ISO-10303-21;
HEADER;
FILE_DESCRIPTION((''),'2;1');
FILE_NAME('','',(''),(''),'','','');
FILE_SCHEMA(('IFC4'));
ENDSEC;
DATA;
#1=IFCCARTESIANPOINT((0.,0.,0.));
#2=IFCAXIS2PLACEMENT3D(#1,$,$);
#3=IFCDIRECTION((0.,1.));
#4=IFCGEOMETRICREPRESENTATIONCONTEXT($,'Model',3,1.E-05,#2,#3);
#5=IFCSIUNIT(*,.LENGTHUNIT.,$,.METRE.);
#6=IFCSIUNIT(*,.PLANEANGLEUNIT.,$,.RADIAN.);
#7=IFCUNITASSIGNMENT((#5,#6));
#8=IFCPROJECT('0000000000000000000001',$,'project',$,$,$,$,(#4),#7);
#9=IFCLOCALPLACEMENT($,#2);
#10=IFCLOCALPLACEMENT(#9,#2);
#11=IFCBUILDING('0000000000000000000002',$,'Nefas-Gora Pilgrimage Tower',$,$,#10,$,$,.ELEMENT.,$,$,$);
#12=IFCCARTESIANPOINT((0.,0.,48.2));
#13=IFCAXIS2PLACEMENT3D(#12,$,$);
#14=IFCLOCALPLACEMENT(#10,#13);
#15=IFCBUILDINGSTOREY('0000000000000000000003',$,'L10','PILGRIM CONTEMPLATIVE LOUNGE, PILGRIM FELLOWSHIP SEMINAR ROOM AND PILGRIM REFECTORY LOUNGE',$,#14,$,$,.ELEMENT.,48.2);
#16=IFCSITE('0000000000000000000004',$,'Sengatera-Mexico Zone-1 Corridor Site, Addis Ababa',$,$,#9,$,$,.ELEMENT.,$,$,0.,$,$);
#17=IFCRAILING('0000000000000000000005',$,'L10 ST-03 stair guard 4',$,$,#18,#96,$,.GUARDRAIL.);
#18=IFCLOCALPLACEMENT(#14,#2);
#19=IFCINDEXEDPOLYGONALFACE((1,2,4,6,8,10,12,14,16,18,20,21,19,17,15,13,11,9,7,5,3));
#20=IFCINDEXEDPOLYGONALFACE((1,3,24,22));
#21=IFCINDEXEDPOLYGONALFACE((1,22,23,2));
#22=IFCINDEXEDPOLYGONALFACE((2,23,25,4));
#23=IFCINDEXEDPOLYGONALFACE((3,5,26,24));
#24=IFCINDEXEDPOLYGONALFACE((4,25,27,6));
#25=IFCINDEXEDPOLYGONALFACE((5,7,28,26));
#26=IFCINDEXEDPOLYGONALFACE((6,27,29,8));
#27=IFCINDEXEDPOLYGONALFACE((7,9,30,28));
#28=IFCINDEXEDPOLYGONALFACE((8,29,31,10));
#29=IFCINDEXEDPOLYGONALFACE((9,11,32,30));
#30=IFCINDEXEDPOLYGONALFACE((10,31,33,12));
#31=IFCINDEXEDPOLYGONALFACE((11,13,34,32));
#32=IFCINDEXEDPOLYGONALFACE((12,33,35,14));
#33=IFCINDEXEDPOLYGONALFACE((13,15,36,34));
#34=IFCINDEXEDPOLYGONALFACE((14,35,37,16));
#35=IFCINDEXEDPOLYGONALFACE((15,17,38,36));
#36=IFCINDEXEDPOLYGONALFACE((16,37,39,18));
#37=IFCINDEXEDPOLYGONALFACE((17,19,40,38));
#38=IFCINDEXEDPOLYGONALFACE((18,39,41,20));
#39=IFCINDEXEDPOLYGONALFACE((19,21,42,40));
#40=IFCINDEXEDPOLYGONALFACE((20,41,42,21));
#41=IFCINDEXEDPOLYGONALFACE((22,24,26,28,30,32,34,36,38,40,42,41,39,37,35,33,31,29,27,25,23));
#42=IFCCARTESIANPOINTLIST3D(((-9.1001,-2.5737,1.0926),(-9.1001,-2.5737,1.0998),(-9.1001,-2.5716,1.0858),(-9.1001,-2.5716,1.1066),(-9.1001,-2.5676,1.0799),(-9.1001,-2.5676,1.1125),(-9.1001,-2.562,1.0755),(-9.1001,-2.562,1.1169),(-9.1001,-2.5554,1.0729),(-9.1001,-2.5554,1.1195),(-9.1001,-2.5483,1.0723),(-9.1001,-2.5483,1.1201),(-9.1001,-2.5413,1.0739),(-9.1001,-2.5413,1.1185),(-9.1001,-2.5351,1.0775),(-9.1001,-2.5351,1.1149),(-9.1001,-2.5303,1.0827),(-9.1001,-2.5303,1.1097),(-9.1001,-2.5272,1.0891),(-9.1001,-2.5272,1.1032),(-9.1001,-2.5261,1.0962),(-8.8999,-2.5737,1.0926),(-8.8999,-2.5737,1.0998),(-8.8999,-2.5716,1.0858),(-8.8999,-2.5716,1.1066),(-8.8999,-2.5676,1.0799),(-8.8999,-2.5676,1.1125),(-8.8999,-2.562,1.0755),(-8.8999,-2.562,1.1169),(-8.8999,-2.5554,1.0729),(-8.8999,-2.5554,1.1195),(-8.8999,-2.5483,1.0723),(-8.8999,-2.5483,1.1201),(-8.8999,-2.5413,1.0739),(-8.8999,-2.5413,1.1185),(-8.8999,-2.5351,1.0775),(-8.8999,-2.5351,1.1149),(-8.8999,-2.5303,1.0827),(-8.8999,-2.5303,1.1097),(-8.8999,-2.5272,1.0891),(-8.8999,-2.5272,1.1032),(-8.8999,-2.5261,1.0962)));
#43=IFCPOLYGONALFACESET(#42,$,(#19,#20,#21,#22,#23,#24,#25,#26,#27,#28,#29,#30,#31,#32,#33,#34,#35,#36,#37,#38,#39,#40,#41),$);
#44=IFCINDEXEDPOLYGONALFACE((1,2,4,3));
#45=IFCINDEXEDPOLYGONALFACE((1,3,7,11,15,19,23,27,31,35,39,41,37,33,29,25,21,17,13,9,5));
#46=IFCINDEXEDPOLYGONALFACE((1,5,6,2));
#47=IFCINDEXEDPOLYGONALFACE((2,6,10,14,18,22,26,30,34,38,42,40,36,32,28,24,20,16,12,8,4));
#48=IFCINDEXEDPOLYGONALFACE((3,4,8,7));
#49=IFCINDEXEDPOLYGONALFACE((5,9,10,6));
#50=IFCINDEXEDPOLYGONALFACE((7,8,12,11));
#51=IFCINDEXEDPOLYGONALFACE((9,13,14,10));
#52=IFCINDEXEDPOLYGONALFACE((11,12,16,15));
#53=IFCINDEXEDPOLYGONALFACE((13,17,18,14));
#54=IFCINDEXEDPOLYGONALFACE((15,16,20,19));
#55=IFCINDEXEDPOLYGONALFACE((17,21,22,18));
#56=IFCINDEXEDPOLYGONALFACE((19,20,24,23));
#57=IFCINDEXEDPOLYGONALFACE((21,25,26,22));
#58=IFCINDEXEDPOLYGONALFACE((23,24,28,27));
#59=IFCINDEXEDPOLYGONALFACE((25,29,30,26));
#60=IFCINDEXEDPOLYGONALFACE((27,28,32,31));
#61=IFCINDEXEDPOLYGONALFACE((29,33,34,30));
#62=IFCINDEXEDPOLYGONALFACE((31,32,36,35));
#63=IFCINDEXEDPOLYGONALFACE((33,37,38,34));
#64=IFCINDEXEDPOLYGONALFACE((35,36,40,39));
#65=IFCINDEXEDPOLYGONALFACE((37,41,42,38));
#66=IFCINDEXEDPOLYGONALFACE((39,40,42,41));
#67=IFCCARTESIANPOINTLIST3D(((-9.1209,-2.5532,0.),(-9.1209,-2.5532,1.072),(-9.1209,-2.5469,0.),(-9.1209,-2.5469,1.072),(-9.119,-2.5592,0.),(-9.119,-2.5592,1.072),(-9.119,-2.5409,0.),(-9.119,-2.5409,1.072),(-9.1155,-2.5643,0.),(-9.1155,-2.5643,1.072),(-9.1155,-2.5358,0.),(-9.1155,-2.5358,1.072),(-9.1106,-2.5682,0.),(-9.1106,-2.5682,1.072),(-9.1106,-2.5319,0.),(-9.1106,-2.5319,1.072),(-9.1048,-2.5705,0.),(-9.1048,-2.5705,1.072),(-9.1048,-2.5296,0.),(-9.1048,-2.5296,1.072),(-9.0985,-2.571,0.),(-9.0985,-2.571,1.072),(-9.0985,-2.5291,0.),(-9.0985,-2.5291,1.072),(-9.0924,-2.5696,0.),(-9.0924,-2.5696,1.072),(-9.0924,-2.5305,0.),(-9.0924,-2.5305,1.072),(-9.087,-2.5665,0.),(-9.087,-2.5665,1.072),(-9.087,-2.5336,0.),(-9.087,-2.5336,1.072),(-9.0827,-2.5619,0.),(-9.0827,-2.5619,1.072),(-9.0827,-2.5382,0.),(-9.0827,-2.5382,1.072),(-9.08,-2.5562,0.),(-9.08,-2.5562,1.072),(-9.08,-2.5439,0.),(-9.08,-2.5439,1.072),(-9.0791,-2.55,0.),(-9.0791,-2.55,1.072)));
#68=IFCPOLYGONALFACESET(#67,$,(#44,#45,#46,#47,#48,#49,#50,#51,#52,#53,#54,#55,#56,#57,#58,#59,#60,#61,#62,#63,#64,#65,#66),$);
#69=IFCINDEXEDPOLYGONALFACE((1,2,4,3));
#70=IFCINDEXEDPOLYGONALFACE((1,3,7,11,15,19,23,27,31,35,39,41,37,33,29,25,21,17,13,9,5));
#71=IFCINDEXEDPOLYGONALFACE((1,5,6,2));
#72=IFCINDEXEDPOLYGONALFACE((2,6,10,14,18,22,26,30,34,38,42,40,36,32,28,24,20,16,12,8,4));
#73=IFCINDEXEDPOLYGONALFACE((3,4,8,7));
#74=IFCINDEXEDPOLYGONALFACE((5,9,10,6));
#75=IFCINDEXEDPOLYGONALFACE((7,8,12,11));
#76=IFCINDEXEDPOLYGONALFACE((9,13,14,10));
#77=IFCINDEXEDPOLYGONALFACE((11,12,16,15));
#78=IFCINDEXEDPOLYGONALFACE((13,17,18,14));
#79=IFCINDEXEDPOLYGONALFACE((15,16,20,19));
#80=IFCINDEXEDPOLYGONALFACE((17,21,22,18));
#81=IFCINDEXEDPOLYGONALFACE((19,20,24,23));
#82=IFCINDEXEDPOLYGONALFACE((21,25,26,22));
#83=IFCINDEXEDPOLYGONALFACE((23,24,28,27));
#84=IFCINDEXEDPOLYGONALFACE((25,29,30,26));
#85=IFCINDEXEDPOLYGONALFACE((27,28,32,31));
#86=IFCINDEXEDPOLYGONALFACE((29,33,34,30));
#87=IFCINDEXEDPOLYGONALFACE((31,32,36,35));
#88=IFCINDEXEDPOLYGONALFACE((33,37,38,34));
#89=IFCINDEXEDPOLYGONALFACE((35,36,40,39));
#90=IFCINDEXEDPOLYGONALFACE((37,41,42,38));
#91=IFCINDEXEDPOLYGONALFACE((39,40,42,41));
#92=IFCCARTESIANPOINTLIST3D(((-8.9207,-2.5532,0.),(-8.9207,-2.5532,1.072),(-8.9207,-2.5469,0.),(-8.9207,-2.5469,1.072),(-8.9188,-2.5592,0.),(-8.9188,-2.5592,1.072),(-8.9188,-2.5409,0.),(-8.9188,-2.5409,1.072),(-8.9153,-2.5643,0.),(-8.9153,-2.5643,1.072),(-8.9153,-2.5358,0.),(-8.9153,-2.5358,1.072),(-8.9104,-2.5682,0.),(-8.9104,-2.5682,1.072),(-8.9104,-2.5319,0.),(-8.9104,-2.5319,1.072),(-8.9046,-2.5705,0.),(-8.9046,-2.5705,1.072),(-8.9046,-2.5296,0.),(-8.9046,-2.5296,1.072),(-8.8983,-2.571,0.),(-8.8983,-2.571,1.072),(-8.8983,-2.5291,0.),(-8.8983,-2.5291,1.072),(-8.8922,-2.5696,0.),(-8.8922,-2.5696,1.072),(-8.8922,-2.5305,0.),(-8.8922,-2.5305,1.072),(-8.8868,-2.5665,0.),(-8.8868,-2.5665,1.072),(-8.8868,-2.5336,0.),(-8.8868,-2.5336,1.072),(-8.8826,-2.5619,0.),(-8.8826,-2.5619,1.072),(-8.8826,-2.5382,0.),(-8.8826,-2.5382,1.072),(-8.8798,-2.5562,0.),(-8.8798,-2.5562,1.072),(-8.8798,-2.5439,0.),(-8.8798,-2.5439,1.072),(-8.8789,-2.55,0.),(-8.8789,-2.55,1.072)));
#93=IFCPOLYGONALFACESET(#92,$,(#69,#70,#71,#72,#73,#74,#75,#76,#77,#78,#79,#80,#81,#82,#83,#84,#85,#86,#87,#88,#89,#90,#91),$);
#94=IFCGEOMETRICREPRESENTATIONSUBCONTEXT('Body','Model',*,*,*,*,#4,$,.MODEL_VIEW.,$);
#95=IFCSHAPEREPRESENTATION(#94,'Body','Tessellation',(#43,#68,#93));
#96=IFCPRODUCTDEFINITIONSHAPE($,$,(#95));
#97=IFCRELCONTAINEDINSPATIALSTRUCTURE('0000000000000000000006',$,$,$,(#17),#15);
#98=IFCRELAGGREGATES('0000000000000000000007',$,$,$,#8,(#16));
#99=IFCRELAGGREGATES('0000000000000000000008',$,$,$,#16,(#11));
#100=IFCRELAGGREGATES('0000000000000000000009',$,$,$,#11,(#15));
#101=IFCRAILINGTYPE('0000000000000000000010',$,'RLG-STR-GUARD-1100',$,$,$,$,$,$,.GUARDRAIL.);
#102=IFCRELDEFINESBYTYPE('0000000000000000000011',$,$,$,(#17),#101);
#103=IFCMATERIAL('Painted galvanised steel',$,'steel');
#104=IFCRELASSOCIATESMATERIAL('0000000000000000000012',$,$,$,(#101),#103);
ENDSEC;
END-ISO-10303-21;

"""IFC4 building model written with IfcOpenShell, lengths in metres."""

from ifc_helpers import new_model, si_unit, direction, frame, origin, origin_2d, place, context, subcontext, project, spatial, circle, extrude, material, type_object, element, save


model = new_model("IFC4")

# Units and contexts
model_context = context("Model", 3, precision=1e-05, world=origin(), true_north=direction((0.0, 1.0)))
body_context = subcontext(model_context, "Body", "Model", "MODEL_VIEW")
ifc_project = project(units=[si_unit("LENGTHUNIT", "METRE"), si_unit("PLANEANGLEUNIT", "RADIAN")], contexts=[model_context])

# Site, building, storey
site_placement = place(None, origin())
site = spatial("IfcSite", under=ifc_project, at=site_placement, Name="Sengatera-Mexico Zone-1 Corridor Site, Addis Ababa", CompositionType="ELEMENT", RefElevation=0.0)
building_placement = place(site_placement, origin())
building = spatial("IfcBuilding", under=site, at=building_placement, Name="Nefas-Gora Pilgrimage Tower", CompositionType="ELEMENT")
storey_placement = place(building_placement, frame((0.0, 0.0, 48.2)))
storey = spatial("IfcBuildingStorey", under=building, at=storey_placement, Name="L10", Description="PILGRIM CONTEMPLATIVE LOUNGE, PILGRIM FELLOWSHIP SEMINAR ROOM AND PILGRIM REFECTORY LOUNGE", CompositionType="ELEMENT", Elevation=48.2)

# Railing
ifc_material_1 = material(Name="Painted galvanised steel", Category="steel")
railing_type_1 = type_object("IfcRailingType", Name="RLG-STR-GUARD-1100", PredefinedType="GUARDRAIL", material=ifc_material_1)
railing_1_placement = place(storey_placement, frame((-9.1001, -2.55, 0.0)))
element("IfcRailing", 1, at=railing_1_placement, inside=storey, type_object=railing_type_1, Name="L10 ST-03 stair guard 4", PredefinedType="GUARDRAIL", context=body_context, shape_type="SweptSolid", body=[
    extrude(circle(Radius=0.0239, at=origin_2d()), frame((0.0, 0.0, 1.0962), z_axis=(1.0, 0.0, 0.0), x_axis=(0.0, 1.0, 0.0)), (0.0, 0.0, 1.0), 0.2002),
    extrude(circle(Radius=0.021, at=origin_2d()), origin(), (0.0, 0.0, 1.0), 1.072),
    extrude(circle(Radius=0.021, at=origin_2d()), frame((0.2002, 0.0, 0.0)), (0.0, 0.0, 1.0), 1.072),
])

save(model, "model.ifc")
